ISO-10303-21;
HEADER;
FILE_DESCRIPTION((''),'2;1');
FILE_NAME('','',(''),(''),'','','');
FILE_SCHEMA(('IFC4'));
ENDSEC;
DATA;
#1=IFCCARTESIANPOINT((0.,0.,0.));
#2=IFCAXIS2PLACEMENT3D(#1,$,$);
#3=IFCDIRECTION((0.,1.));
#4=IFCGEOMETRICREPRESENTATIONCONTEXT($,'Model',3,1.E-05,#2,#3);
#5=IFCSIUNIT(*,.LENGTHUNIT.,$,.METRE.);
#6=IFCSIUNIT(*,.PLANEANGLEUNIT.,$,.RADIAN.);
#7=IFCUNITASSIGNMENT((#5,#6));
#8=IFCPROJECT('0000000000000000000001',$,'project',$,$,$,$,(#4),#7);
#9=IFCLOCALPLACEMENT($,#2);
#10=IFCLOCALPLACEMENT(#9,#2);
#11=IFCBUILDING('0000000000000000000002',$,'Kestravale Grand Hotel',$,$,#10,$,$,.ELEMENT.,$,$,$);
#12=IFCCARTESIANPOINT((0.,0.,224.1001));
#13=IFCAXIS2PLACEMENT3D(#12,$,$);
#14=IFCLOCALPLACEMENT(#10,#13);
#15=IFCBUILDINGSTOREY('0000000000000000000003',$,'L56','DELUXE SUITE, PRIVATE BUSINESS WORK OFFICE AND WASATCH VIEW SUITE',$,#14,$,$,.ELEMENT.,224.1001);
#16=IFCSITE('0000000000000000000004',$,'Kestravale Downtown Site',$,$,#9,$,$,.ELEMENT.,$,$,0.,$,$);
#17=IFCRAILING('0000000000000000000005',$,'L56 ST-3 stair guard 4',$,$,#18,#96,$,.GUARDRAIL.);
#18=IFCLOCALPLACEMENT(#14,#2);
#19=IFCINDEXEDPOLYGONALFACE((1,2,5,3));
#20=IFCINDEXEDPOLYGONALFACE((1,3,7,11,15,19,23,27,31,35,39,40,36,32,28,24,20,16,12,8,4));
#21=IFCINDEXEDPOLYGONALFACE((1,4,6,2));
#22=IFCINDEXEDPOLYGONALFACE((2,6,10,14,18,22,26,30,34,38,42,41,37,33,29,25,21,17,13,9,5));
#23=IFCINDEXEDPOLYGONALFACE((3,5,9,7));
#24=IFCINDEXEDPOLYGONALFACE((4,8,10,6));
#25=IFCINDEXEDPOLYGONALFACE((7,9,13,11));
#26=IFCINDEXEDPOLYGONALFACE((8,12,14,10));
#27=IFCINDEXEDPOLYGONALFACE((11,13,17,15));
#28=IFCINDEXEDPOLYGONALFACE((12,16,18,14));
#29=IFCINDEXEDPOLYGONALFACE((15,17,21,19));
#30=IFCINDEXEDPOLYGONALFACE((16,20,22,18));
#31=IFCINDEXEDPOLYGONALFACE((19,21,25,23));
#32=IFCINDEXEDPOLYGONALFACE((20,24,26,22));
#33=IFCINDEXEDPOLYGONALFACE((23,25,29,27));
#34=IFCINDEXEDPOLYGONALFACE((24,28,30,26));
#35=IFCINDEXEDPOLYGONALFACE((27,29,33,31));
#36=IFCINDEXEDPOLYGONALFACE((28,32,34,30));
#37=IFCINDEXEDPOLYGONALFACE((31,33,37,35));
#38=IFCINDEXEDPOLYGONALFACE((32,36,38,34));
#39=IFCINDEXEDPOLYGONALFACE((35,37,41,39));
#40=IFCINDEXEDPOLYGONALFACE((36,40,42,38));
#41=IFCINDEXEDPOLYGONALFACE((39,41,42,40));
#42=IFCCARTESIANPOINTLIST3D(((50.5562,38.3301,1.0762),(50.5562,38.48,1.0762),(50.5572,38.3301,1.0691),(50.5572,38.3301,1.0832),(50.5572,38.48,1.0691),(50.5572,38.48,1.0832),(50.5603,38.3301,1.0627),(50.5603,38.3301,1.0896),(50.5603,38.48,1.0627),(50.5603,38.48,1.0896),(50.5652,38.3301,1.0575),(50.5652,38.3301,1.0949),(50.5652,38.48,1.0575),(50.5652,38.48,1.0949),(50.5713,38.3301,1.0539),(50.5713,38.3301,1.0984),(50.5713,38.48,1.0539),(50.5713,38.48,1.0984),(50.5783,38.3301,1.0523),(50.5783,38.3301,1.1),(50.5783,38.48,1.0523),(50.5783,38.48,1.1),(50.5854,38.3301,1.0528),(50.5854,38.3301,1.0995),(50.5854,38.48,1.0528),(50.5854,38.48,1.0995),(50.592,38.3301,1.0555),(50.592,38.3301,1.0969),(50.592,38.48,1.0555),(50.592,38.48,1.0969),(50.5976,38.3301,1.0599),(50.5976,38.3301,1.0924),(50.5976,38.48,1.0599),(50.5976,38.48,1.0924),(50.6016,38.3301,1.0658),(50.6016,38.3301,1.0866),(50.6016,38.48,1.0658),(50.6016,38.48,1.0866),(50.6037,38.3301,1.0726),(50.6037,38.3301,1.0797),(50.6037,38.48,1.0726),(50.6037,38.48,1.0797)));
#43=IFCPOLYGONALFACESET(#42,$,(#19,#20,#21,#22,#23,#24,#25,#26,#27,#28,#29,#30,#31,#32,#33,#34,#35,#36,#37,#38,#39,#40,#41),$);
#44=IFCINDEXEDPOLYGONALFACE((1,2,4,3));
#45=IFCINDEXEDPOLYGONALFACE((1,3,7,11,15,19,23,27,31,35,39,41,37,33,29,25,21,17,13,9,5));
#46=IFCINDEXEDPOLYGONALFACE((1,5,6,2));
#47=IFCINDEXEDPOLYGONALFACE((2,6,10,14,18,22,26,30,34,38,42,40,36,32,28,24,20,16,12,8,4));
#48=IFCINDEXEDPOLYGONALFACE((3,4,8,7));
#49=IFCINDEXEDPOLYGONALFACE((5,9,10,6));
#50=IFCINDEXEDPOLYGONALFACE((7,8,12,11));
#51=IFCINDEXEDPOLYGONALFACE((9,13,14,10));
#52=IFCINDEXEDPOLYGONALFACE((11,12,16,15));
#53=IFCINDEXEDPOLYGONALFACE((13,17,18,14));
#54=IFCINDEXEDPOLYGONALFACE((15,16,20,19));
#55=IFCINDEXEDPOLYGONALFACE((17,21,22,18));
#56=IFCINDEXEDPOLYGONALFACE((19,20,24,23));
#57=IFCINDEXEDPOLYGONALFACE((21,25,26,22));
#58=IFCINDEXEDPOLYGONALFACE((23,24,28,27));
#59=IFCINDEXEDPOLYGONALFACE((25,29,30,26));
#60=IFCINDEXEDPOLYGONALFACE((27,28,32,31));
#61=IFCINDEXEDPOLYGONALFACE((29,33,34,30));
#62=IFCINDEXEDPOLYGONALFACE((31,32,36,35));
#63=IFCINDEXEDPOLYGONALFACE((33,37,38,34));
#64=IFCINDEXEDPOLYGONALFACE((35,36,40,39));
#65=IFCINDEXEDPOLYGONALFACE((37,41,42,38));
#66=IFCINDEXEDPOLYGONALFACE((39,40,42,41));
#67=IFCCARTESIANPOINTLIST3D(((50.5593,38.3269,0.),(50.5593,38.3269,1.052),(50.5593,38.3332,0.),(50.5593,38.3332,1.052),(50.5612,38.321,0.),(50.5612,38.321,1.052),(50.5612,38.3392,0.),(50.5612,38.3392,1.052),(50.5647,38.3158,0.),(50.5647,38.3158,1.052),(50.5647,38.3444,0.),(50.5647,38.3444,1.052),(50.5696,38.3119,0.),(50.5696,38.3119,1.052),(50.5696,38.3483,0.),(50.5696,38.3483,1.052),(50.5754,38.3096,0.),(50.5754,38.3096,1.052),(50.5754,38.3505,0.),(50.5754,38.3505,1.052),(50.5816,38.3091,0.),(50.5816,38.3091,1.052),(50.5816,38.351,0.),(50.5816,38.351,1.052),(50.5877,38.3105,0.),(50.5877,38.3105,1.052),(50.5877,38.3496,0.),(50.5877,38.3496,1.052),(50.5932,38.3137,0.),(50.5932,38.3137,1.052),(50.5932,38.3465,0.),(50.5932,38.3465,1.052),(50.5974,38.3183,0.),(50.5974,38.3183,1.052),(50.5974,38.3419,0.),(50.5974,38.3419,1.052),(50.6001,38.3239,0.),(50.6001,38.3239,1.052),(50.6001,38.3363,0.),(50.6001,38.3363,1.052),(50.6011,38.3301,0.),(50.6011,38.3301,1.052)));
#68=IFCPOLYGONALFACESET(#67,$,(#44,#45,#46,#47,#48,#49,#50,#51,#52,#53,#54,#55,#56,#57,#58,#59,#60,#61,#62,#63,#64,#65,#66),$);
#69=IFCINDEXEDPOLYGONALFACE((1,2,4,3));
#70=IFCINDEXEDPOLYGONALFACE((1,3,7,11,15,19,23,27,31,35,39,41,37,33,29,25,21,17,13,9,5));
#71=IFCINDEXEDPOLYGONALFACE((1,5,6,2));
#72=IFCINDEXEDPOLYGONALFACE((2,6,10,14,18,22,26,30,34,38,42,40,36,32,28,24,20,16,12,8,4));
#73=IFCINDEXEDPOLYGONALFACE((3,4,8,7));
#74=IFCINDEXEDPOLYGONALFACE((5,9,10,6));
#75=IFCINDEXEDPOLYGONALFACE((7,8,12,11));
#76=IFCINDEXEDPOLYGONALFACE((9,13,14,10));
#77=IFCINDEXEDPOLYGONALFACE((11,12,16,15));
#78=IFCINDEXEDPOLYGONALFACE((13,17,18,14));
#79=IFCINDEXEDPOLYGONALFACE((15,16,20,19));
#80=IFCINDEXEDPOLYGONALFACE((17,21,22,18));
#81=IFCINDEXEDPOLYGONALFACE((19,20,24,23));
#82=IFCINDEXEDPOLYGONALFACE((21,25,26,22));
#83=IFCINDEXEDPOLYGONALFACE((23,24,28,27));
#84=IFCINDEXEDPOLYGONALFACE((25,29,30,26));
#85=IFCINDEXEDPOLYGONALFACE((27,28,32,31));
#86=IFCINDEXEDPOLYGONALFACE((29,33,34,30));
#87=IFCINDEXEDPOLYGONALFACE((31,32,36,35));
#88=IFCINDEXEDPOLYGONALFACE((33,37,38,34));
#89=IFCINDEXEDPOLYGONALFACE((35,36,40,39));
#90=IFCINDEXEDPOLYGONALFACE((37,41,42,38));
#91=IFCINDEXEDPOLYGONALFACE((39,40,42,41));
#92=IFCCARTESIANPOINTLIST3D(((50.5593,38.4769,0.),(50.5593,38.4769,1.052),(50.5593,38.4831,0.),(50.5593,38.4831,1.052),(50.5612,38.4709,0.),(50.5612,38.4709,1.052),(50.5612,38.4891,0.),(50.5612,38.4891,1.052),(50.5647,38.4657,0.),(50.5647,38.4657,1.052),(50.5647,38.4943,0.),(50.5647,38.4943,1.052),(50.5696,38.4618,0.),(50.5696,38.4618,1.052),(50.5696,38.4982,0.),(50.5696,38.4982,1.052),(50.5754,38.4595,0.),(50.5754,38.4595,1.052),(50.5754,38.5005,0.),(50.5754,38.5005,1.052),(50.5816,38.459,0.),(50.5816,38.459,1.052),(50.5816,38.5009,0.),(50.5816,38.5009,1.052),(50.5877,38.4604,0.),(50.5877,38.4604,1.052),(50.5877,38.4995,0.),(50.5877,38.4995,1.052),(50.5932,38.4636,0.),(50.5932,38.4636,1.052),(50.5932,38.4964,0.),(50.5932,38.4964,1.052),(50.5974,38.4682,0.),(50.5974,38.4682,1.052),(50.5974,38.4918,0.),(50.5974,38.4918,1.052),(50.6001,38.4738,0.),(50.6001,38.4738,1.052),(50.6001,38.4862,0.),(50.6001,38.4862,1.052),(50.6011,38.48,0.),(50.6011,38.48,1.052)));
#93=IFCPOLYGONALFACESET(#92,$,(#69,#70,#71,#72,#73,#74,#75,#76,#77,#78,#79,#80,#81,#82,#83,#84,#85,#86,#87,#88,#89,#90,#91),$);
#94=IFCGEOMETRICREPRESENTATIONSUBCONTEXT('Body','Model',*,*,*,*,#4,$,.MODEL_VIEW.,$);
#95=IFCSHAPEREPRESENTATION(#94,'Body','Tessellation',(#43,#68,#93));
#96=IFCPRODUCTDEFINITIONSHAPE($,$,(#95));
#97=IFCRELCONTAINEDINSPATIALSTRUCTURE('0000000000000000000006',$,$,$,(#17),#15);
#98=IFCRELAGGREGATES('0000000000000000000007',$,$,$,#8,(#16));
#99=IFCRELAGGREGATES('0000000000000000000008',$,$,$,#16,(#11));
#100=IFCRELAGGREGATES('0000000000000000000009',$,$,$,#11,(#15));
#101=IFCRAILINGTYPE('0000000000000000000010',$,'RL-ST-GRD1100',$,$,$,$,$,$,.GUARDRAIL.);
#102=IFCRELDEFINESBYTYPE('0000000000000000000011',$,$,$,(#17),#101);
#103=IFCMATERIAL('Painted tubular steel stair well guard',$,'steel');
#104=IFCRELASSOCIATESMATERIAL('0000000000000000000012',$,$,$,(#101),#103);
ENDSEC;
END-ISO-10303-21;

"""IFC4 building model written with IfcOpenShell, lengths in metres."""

from ifc_helpers import new_model, si_unit, direction, frame, origin, origin_2d, place, context, subcontext, project, spatial, circle, extrude, material, type_object, element, save


model = new_model("IFC4")

# Units and contexts
model_context = context("Model", 3, precision=1e-05, world=origin(), true_north=direction((0.0, 1.0)))
body_context = subcontext(model_context, "Body", "Model", "MODEL_VIEW")
ifc_project = project(units=[si_unit("LENGTHUNIT", "METRE"), si_unit("PLANEANGLEUNIT", "RADIAN")], contexts=[model_context])

# Site, building, storey
site_placement = place(None, origin())
site = spatial("IfcSite", under=ifc_project, at=site_placement, Name="Kestravale Downtown Site", CompositionType="ELEMENT", RefElevation=0.0)
building_placement = place(site_placement, origin())
building = spatial("IfcBuilding", under=site, at=building_placement, Name="Kestravale Grand Hotel", CompositionType="ELEMENT")
storey_placement = place(building_placement, frame((0.0, 0.0, 224.1001)))
storey = spatial("IfcBuildingStorey", under=building, at=storey_placement, Name="L56", Description="DELUXE SUITE, PRIVATE BUSINESS WORK OFFICE AND WASATCH VIEW SUITE", CompositionType="ELEMENT", Elevation=224.1001)

# Railing
ifc_material_1 = material(Name="Painted tubular steel stair well guard", Category="steel")
railing_type_1 = type_object("IfcRailingType", Name="RL-ST-GRD1100", PredefinedType="GUARDRAIL", material=ifc_material_1)
railing_1_placement = place(storey_placement, frame((50.5801, 38.3301, 0.0)))
element("IfcRailing", 1, at=railing_1_placement, inside=storey, type_object=railing_type_1, Name="L56 ST-3 stair guard 4", PredefinedType="GUARDRAIL", context=body_context, shape_type="SweptSolid", body=[
    extrude(circle(Radius=0.0239, at=origin_2d()), frame((0.0, 0.0, 1.0762), z_axis=(0.0, 1.0, 0.0), x_axis=(-1.0, 0.0, 0.0)), (0.0, 0.0, 1.0), 0.1499),
    extrude(circle(Radius=0.021, at=origin_2d()), origin(), (0.0, 0.0, 1.0), 1.052),
    extrude(circle(Radius=0.021, at=origin_2d()), frame((0.0, 0.1499, 0.0)), (0.0, 0.0, 1.0), 1.052),
])

save(model, "model.ifc")
